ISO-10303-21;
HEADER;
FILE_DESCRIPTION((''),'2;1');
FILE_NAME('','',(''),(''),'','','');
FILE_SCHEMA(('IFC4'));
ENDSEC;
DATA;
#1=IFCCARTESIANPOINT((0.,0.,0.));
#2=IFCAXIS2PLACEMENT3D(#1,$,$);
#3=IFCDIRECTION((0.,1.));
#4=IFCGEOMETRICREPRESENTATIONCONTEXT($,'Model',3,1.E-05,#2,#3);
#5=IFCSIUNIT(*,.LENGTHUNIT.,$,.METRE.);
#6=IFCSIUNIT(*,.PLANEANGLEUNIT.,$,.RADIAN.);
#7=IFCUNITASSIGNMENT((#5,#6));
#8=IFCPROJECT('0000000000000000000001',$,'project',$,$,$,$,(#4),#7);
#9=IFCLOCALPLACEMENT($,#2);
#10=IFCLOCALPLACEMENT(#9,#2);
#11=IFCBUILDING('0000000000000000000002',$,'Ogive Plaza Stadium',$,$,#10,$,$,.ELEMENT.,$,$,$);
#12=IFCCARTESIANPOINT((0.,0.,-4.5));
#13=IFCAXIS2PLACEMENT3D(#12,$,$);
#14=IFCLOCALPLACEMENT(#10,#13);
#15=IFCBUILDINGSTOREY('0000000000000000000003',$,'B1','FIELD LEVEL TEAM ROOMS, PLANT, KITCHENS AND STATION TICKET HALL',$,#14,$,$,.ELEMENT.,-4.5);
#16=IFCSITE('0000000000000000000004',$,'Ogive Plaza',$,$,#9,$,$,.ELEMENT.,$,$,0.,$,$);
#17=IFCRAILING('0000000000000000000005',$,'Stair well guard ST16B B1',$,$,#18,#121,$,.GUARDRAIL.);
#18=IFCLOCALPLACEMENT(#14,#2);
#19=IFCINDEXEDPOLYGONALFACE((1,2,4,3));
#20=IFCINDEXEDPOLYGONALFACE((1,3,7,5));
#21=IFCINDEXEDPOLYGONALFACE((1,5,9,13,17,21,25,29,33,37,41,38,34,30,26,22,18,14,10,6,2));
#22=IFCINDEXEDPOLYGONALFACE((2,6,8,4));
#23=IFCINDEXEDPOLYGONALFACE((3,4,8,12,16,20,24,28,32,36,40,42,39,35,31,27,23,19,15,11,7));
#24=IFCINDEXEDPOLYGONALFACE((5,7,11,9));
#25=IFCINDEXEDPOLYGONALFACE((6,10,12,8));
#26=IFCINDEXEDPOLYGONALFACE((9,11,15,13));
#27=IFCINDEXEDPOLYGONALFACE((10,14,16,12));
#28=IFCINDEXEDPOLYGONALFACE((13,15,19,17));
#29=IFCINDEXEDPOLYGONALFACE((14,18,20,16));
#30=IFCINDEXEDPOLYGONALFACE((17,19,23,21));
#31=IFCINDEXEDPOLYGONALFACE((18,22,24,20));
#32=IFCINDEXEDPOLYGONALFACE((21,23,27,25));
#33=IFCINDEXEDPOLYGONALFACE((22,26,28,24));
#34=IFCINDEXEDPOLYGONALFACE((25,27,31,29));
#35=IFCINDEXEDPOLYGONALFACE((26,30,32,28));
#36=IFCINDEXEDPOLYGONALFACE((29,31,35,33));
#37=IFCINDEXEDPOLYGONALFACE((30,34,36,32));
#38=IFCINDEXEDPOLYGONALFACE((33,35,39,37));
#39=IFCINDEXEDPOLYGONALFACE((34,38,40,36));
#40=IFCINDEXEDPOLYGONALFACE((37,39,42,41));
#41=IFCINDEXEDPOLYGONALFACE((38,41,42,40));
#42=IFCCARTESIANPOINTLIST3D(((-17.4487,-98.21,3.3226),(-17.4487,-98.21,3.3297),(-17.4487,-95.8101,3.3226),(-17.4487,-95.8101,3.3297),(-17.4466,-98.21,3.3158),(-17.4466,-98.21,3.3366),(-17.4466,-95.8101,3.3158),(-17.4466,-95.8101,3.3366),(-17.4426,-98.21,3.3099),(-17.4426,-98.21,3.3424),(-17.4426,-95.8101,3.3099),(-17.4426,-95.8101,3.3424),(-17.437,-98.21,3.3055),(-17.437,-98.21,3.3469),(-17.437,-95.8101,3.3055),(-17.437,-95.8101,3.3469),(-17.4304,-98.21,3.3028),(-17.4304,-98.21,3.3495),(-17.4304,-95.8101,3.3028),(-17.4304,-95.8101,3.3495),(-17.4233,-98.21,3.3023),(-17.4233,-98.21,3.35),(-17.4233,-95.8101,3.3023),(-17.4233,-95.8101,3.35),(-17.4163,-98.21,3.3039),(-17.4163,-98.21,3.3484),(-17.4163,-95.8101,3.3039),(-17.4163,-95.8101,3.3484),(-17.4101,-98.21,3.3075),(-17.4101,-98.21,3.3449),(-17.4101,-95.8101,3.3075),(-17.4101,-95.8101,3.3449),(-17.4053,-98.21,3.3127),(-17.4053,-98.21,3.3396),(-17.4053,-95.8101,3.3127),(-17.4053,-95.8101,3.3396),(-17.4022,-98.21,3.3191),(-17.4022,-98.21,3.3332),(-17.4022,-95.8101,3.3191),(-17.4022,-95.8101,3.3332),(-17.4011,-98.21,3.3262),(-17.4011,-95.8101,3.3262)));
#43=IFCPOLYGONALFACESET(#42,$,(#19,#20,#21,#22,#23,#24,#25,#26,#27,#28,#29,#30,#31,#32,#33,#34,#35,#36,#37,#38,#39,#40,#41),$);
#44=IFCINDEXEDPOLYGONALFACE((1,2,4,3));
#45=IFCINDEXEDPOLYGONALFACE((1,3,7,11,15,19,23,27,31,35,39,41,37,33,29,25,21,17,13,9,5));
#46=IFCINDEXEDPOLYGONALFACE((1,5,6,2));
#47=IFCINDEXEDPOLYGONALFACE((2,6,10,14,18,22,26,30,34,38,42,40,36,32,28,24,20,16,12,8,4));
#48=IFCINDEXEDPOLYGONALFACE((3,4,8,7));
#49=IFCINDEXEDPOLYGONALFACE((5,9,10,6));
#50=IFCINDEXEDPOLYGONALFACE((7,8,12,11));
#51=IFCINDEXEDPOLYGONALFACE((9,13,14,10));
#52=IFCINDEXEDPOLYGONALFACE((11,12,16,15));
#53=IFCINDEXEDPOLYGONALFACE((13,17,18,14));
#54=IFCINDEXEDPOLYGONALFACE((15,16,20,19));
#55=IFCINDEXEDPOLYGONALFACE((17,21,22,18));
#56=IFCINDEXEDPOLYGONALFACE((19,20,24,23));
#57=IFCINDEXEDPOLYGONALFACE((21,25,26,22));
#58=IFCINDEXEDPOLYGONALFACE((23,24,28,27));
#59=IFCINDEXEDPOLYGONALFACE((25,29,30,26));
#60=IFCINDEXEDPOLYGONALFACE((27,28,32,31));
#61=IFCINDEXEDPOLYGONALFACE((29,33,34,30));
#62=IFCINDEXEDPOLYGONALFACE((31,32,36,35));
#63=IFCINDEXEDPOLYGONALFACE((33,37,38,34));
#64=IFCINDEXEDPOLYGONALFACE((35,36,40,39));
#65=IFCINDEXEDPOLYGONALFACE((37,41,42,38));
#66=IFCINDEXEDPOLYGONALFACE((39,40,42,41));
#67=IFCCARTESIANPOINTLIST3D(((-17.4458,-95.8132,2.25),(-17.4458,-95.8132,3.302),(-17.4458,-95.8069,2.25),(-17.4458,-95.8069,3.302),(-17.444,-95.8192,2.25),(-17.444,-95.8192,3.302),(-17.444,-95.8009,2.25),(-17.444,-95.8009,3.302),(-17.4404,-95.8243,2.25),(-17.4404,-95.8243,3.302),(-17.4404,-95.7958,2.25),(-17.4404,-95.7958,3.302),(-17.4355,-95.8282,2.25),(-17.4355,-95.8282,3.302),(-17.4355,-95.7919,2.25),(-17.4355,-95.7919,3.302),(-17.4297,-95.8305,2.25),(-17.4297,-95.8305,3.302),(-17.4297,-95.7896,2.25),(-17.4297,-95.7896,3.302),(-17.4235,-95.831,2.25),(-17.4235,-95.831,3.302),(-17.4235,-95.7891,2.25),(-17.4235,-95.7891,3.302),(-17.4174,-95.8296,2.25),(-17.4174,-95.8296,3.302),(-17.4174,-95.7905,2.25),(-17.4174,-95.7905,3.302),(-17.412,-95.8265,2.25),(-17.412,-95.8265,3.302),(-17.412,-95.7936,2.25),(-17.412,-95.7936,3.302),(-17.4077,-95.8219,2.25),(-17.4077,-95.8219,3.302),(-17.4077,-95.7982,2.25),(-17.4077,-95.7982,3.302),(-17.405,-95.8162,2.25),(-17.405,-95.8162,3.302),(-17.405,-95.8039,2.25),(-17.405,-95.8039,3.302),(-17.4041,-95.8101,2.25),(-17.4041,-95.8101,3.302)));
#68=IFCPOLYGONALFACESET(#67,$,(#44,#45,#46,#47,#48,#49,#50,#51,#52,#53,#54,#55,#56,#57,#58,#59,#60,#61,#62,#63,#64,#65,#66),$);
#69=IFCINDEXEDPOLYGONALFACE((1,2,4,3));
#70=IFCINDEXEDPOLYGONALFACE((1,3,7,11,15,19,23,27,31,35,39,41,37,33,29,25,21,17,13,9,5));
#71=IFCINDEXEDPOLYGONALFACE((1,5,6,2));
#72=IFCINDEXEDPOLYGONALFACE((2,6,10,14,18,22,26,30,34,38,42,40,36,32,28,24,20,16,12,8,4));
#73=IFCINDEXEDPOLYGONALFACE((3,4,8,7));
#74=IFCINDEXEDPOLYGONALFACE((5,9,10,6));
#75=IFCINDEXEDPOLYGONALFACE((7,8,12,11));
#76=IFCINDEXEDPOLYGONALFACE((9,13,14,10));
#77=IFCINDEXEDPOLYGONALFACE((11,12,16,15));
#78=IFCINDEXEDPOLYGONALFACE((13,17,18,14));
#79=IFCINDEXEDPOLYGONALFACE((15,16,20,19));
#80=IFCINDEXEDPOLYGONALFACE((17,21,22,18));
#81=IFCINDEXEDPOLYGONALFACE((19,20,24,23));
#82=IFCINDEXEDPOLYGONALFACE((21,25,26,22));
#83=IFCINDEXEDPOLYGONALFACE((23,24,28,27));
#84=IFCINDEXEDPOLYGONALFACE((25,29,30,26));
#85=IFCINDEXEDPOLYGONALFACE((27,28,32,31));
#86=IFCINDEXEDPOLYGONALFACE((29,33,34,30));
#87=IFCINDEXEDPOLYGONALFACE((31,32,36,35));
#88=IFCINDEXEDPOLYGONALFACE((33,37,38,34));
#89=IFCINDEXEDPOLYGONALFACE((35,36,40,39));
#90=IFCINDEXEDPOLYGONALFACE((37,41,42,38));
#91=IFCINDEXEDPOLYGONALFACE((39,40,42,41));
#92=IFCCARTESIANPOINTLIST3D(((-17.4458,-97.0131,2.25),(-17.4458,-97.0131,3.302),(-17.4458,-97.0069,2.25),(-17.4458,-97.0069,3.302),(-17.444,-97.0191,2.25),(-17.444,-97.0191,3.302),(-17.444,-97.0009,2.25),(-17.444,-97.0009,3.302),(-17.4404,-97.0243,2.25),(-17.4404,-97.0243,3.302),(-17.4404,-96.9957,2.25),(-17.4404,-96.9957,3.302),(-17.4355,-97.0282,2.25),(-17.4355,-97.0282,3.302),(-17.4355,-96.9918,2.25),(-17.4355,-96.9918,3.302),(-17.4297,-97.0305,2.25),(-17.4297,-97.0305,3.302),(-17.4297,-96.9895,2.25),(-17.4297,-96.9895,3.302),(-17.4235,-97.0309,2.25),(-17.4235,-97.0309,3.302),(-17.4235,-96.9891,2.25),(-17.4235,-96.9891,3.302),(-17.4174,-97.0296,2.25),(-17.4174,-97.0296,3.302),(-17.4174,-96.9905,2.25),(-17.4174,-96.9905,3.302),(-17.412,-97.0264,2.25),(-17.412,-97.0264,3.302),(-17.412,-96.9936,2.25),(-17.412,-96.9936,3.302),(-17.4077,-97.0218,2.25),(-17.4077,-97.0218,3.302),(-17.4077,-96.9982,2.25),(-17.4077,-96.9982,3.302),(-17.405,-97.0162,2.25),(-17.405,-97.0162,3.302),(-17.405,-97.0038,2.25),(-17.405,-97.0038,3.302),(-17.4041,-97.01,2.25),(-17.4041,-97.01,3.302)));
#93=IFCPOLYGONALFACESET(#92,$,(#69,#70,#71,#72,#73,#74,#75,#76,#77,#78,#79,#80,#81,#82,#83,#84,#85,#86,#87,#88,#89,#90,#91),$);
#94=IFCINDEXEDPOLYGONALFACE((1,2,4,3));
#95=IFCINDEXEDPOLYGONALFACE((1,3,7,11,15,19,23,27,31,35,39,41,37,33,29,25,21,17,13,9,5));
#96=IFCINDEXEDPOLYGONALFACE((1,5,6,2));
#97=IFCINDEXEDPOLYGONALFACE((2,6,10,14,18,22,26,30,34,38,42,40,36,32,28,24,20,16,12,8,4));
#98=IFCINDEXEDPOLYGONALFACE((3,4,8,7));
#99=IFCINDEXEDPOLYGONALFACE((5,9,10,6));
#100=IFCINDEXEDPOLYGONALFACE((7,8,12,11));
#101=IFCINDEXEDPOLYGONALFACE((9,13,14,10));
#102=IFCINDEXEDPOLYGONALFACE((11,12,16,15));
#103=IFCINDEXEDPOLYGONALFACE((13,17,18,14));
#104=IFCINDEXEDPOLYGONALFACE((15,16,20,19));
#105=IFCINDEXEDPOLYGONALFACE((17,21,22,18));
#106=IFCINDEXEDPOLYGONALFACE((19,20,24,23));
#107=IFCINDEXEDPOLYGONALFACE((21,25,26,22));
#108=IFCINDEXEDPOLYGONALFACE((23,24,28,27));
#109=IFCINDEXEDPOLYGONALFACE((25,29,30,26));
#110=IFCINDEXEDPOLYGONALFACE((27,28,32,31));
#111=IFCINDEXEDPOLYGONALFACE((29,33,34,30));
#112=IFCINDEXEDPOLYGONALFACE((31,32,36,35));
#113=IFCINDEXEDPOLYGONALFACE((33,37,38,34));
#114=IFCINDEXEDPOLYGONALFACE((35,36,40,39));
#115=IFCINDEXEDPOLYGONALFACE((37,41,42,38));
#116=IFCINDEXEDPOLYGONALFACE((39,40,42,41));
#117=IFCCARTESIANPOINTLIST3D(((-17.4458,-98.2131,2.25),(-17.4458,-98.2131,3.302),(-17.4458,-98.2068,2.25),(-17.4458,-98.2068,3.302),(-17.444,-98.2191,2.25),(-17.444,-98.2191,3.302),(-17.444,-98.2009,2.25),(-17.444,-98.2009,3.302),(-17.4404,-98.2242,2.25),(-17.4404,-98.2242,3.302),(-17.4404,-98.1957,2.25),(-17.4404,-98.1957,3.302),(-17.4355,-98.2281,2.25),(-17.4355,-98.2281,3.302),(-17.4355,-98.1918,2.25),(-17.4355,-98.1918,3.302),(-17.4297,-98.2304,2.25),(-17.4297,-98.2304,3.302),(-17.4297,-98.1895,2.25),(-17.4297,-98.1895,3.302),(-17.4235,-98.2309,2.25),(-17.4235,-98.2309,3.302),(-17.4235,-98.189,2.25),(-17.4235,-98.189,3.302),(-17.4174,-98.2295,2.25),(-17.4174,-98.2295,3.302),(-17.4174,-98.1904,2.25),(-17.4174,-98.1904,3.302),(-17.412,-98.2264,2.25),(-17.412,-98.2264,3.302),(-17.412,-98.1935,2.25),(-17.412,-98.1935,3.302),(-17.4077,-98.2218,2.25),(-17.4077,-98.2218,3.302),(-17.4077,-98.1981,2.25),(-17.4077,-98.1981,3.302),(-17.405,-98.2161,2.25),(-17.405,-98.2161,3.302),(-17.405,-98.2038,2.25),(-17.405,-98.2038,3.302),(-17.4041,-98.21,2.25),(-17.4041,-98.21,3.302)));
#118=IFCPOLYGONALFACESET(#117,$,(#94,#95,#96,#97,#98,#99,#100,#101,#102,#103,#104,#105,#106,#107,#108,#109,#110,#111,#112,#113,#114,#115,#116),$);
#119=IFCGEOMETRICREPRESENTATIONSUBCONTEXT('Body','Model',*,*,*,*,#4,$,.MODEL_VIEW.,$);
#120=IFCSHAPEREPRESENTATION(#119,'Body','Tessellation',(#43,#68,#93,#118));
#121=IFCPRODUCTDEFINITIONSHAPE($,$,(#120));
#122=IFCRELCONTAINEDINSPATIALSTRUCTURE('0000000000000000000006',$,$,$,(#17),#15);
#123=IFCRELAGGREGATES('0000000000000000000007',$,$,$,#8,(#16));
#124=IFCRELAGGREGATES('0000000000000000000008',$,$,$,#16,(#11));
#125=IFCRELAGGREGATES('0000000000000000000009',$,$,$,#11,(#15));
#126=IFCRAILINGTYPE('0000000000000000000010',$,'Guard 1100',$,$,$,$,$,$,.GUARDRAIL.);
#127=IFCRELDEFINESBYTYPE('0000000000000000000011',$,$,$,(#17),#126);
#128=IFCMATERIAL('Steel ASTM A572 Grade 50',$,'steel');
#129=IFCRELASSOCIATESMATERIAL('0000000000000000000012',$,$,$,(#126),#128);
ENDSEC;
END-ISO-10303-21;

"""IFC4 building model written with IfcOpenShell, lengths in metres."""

from ifc_helpers import new_model, si_unit, direction, frame, origin, origin_2d, place, context, subcontext, project, spatial, circle, extrude, material, type_object, element, save


model = new_model("IFC4")

# Units and contexts
model_context = context("Model", 3, precision=1e-05, world=origin(), true_north=direction((0.0, 1.0)))
body_context = subcontext(model_context, "Body", "Model", "MODEL_VIEW")
ifc_project = project(units=[si_unit("LENGTHUNIT", "METRE"), si_unit("PLANEANGLEUNIT", "RADIAN")], contexts=[model_context])

# Site, building, storey
site_placement = place(None, origin())
site = spatial("IfcSite", under=ifc_project, at=site_placement, Name="Ogive Plaza", CompositionType="ELEMENT", RefElevation=0.0)
building_placement = place(site_placement, origin())
building = spatial("IfcBuilding", under=site, at=building_placement, Name="Ogive Plaza Stadium", CompositionType="ELEMENT")
storey_placement = place(building_placement, frame((0.0, 0.0, -4.5)))
storey = spatial("IfcBuildingStorey", under=building, at=storey_placement, Name="B1", Description="FIELD LEVEL TEAM ROOMS, PLANT, KITCHENS AND STATION TICKET HALL", CompositionType="ELEMENT", Elevation=-4.5)

# Railing
ifc_material_1 = material(Name="Steel ASTM A572 Grade 50", Category="steel")
railing_type_1 = type_object("IfcRailingType", Name="Guard 1100", PredefinedType="GUARDRAIL", material=ifc_material_1)
railing_placement = place(storey_placement, frame((-17.425, -95.8101, 2.25)))
element("IfcRailing", 1, at=railing_placement, inside=storey, type_object=railing_type_1, Name="Stair well guard ST16B B1", PredefinedType="GUARDRAIL", context=body_context, shape_type="SweptSolid", body=[
    extrude(circle(Radius=0.0239, at=origin_2d()), frame((0.0, 0.0, 1.0762), z_axis=(0.0, -1.0, 0.0), x_axis=(1.0, 0.0, 0.0)), (0.0, 0.0, 1.0), 2.3999),
    extrude(circle(Radius=0.021, at=origin_2d()), origin(), (0.0, 0.0, 1.0), 1.052),
    extrude(circle(Radius=0.021, at=origin_2d()), frame((0.0, -1.2, 0.0)), (0.0, 0.0, 1.0), 1.052),
    extrude(circle(Radius=0.021, at=origin_2d()), frame((0.0, -2.3999, 0.0)), (0.0, 0.0, 1.0), 1.052),
])

save(model, "model.ifc")
